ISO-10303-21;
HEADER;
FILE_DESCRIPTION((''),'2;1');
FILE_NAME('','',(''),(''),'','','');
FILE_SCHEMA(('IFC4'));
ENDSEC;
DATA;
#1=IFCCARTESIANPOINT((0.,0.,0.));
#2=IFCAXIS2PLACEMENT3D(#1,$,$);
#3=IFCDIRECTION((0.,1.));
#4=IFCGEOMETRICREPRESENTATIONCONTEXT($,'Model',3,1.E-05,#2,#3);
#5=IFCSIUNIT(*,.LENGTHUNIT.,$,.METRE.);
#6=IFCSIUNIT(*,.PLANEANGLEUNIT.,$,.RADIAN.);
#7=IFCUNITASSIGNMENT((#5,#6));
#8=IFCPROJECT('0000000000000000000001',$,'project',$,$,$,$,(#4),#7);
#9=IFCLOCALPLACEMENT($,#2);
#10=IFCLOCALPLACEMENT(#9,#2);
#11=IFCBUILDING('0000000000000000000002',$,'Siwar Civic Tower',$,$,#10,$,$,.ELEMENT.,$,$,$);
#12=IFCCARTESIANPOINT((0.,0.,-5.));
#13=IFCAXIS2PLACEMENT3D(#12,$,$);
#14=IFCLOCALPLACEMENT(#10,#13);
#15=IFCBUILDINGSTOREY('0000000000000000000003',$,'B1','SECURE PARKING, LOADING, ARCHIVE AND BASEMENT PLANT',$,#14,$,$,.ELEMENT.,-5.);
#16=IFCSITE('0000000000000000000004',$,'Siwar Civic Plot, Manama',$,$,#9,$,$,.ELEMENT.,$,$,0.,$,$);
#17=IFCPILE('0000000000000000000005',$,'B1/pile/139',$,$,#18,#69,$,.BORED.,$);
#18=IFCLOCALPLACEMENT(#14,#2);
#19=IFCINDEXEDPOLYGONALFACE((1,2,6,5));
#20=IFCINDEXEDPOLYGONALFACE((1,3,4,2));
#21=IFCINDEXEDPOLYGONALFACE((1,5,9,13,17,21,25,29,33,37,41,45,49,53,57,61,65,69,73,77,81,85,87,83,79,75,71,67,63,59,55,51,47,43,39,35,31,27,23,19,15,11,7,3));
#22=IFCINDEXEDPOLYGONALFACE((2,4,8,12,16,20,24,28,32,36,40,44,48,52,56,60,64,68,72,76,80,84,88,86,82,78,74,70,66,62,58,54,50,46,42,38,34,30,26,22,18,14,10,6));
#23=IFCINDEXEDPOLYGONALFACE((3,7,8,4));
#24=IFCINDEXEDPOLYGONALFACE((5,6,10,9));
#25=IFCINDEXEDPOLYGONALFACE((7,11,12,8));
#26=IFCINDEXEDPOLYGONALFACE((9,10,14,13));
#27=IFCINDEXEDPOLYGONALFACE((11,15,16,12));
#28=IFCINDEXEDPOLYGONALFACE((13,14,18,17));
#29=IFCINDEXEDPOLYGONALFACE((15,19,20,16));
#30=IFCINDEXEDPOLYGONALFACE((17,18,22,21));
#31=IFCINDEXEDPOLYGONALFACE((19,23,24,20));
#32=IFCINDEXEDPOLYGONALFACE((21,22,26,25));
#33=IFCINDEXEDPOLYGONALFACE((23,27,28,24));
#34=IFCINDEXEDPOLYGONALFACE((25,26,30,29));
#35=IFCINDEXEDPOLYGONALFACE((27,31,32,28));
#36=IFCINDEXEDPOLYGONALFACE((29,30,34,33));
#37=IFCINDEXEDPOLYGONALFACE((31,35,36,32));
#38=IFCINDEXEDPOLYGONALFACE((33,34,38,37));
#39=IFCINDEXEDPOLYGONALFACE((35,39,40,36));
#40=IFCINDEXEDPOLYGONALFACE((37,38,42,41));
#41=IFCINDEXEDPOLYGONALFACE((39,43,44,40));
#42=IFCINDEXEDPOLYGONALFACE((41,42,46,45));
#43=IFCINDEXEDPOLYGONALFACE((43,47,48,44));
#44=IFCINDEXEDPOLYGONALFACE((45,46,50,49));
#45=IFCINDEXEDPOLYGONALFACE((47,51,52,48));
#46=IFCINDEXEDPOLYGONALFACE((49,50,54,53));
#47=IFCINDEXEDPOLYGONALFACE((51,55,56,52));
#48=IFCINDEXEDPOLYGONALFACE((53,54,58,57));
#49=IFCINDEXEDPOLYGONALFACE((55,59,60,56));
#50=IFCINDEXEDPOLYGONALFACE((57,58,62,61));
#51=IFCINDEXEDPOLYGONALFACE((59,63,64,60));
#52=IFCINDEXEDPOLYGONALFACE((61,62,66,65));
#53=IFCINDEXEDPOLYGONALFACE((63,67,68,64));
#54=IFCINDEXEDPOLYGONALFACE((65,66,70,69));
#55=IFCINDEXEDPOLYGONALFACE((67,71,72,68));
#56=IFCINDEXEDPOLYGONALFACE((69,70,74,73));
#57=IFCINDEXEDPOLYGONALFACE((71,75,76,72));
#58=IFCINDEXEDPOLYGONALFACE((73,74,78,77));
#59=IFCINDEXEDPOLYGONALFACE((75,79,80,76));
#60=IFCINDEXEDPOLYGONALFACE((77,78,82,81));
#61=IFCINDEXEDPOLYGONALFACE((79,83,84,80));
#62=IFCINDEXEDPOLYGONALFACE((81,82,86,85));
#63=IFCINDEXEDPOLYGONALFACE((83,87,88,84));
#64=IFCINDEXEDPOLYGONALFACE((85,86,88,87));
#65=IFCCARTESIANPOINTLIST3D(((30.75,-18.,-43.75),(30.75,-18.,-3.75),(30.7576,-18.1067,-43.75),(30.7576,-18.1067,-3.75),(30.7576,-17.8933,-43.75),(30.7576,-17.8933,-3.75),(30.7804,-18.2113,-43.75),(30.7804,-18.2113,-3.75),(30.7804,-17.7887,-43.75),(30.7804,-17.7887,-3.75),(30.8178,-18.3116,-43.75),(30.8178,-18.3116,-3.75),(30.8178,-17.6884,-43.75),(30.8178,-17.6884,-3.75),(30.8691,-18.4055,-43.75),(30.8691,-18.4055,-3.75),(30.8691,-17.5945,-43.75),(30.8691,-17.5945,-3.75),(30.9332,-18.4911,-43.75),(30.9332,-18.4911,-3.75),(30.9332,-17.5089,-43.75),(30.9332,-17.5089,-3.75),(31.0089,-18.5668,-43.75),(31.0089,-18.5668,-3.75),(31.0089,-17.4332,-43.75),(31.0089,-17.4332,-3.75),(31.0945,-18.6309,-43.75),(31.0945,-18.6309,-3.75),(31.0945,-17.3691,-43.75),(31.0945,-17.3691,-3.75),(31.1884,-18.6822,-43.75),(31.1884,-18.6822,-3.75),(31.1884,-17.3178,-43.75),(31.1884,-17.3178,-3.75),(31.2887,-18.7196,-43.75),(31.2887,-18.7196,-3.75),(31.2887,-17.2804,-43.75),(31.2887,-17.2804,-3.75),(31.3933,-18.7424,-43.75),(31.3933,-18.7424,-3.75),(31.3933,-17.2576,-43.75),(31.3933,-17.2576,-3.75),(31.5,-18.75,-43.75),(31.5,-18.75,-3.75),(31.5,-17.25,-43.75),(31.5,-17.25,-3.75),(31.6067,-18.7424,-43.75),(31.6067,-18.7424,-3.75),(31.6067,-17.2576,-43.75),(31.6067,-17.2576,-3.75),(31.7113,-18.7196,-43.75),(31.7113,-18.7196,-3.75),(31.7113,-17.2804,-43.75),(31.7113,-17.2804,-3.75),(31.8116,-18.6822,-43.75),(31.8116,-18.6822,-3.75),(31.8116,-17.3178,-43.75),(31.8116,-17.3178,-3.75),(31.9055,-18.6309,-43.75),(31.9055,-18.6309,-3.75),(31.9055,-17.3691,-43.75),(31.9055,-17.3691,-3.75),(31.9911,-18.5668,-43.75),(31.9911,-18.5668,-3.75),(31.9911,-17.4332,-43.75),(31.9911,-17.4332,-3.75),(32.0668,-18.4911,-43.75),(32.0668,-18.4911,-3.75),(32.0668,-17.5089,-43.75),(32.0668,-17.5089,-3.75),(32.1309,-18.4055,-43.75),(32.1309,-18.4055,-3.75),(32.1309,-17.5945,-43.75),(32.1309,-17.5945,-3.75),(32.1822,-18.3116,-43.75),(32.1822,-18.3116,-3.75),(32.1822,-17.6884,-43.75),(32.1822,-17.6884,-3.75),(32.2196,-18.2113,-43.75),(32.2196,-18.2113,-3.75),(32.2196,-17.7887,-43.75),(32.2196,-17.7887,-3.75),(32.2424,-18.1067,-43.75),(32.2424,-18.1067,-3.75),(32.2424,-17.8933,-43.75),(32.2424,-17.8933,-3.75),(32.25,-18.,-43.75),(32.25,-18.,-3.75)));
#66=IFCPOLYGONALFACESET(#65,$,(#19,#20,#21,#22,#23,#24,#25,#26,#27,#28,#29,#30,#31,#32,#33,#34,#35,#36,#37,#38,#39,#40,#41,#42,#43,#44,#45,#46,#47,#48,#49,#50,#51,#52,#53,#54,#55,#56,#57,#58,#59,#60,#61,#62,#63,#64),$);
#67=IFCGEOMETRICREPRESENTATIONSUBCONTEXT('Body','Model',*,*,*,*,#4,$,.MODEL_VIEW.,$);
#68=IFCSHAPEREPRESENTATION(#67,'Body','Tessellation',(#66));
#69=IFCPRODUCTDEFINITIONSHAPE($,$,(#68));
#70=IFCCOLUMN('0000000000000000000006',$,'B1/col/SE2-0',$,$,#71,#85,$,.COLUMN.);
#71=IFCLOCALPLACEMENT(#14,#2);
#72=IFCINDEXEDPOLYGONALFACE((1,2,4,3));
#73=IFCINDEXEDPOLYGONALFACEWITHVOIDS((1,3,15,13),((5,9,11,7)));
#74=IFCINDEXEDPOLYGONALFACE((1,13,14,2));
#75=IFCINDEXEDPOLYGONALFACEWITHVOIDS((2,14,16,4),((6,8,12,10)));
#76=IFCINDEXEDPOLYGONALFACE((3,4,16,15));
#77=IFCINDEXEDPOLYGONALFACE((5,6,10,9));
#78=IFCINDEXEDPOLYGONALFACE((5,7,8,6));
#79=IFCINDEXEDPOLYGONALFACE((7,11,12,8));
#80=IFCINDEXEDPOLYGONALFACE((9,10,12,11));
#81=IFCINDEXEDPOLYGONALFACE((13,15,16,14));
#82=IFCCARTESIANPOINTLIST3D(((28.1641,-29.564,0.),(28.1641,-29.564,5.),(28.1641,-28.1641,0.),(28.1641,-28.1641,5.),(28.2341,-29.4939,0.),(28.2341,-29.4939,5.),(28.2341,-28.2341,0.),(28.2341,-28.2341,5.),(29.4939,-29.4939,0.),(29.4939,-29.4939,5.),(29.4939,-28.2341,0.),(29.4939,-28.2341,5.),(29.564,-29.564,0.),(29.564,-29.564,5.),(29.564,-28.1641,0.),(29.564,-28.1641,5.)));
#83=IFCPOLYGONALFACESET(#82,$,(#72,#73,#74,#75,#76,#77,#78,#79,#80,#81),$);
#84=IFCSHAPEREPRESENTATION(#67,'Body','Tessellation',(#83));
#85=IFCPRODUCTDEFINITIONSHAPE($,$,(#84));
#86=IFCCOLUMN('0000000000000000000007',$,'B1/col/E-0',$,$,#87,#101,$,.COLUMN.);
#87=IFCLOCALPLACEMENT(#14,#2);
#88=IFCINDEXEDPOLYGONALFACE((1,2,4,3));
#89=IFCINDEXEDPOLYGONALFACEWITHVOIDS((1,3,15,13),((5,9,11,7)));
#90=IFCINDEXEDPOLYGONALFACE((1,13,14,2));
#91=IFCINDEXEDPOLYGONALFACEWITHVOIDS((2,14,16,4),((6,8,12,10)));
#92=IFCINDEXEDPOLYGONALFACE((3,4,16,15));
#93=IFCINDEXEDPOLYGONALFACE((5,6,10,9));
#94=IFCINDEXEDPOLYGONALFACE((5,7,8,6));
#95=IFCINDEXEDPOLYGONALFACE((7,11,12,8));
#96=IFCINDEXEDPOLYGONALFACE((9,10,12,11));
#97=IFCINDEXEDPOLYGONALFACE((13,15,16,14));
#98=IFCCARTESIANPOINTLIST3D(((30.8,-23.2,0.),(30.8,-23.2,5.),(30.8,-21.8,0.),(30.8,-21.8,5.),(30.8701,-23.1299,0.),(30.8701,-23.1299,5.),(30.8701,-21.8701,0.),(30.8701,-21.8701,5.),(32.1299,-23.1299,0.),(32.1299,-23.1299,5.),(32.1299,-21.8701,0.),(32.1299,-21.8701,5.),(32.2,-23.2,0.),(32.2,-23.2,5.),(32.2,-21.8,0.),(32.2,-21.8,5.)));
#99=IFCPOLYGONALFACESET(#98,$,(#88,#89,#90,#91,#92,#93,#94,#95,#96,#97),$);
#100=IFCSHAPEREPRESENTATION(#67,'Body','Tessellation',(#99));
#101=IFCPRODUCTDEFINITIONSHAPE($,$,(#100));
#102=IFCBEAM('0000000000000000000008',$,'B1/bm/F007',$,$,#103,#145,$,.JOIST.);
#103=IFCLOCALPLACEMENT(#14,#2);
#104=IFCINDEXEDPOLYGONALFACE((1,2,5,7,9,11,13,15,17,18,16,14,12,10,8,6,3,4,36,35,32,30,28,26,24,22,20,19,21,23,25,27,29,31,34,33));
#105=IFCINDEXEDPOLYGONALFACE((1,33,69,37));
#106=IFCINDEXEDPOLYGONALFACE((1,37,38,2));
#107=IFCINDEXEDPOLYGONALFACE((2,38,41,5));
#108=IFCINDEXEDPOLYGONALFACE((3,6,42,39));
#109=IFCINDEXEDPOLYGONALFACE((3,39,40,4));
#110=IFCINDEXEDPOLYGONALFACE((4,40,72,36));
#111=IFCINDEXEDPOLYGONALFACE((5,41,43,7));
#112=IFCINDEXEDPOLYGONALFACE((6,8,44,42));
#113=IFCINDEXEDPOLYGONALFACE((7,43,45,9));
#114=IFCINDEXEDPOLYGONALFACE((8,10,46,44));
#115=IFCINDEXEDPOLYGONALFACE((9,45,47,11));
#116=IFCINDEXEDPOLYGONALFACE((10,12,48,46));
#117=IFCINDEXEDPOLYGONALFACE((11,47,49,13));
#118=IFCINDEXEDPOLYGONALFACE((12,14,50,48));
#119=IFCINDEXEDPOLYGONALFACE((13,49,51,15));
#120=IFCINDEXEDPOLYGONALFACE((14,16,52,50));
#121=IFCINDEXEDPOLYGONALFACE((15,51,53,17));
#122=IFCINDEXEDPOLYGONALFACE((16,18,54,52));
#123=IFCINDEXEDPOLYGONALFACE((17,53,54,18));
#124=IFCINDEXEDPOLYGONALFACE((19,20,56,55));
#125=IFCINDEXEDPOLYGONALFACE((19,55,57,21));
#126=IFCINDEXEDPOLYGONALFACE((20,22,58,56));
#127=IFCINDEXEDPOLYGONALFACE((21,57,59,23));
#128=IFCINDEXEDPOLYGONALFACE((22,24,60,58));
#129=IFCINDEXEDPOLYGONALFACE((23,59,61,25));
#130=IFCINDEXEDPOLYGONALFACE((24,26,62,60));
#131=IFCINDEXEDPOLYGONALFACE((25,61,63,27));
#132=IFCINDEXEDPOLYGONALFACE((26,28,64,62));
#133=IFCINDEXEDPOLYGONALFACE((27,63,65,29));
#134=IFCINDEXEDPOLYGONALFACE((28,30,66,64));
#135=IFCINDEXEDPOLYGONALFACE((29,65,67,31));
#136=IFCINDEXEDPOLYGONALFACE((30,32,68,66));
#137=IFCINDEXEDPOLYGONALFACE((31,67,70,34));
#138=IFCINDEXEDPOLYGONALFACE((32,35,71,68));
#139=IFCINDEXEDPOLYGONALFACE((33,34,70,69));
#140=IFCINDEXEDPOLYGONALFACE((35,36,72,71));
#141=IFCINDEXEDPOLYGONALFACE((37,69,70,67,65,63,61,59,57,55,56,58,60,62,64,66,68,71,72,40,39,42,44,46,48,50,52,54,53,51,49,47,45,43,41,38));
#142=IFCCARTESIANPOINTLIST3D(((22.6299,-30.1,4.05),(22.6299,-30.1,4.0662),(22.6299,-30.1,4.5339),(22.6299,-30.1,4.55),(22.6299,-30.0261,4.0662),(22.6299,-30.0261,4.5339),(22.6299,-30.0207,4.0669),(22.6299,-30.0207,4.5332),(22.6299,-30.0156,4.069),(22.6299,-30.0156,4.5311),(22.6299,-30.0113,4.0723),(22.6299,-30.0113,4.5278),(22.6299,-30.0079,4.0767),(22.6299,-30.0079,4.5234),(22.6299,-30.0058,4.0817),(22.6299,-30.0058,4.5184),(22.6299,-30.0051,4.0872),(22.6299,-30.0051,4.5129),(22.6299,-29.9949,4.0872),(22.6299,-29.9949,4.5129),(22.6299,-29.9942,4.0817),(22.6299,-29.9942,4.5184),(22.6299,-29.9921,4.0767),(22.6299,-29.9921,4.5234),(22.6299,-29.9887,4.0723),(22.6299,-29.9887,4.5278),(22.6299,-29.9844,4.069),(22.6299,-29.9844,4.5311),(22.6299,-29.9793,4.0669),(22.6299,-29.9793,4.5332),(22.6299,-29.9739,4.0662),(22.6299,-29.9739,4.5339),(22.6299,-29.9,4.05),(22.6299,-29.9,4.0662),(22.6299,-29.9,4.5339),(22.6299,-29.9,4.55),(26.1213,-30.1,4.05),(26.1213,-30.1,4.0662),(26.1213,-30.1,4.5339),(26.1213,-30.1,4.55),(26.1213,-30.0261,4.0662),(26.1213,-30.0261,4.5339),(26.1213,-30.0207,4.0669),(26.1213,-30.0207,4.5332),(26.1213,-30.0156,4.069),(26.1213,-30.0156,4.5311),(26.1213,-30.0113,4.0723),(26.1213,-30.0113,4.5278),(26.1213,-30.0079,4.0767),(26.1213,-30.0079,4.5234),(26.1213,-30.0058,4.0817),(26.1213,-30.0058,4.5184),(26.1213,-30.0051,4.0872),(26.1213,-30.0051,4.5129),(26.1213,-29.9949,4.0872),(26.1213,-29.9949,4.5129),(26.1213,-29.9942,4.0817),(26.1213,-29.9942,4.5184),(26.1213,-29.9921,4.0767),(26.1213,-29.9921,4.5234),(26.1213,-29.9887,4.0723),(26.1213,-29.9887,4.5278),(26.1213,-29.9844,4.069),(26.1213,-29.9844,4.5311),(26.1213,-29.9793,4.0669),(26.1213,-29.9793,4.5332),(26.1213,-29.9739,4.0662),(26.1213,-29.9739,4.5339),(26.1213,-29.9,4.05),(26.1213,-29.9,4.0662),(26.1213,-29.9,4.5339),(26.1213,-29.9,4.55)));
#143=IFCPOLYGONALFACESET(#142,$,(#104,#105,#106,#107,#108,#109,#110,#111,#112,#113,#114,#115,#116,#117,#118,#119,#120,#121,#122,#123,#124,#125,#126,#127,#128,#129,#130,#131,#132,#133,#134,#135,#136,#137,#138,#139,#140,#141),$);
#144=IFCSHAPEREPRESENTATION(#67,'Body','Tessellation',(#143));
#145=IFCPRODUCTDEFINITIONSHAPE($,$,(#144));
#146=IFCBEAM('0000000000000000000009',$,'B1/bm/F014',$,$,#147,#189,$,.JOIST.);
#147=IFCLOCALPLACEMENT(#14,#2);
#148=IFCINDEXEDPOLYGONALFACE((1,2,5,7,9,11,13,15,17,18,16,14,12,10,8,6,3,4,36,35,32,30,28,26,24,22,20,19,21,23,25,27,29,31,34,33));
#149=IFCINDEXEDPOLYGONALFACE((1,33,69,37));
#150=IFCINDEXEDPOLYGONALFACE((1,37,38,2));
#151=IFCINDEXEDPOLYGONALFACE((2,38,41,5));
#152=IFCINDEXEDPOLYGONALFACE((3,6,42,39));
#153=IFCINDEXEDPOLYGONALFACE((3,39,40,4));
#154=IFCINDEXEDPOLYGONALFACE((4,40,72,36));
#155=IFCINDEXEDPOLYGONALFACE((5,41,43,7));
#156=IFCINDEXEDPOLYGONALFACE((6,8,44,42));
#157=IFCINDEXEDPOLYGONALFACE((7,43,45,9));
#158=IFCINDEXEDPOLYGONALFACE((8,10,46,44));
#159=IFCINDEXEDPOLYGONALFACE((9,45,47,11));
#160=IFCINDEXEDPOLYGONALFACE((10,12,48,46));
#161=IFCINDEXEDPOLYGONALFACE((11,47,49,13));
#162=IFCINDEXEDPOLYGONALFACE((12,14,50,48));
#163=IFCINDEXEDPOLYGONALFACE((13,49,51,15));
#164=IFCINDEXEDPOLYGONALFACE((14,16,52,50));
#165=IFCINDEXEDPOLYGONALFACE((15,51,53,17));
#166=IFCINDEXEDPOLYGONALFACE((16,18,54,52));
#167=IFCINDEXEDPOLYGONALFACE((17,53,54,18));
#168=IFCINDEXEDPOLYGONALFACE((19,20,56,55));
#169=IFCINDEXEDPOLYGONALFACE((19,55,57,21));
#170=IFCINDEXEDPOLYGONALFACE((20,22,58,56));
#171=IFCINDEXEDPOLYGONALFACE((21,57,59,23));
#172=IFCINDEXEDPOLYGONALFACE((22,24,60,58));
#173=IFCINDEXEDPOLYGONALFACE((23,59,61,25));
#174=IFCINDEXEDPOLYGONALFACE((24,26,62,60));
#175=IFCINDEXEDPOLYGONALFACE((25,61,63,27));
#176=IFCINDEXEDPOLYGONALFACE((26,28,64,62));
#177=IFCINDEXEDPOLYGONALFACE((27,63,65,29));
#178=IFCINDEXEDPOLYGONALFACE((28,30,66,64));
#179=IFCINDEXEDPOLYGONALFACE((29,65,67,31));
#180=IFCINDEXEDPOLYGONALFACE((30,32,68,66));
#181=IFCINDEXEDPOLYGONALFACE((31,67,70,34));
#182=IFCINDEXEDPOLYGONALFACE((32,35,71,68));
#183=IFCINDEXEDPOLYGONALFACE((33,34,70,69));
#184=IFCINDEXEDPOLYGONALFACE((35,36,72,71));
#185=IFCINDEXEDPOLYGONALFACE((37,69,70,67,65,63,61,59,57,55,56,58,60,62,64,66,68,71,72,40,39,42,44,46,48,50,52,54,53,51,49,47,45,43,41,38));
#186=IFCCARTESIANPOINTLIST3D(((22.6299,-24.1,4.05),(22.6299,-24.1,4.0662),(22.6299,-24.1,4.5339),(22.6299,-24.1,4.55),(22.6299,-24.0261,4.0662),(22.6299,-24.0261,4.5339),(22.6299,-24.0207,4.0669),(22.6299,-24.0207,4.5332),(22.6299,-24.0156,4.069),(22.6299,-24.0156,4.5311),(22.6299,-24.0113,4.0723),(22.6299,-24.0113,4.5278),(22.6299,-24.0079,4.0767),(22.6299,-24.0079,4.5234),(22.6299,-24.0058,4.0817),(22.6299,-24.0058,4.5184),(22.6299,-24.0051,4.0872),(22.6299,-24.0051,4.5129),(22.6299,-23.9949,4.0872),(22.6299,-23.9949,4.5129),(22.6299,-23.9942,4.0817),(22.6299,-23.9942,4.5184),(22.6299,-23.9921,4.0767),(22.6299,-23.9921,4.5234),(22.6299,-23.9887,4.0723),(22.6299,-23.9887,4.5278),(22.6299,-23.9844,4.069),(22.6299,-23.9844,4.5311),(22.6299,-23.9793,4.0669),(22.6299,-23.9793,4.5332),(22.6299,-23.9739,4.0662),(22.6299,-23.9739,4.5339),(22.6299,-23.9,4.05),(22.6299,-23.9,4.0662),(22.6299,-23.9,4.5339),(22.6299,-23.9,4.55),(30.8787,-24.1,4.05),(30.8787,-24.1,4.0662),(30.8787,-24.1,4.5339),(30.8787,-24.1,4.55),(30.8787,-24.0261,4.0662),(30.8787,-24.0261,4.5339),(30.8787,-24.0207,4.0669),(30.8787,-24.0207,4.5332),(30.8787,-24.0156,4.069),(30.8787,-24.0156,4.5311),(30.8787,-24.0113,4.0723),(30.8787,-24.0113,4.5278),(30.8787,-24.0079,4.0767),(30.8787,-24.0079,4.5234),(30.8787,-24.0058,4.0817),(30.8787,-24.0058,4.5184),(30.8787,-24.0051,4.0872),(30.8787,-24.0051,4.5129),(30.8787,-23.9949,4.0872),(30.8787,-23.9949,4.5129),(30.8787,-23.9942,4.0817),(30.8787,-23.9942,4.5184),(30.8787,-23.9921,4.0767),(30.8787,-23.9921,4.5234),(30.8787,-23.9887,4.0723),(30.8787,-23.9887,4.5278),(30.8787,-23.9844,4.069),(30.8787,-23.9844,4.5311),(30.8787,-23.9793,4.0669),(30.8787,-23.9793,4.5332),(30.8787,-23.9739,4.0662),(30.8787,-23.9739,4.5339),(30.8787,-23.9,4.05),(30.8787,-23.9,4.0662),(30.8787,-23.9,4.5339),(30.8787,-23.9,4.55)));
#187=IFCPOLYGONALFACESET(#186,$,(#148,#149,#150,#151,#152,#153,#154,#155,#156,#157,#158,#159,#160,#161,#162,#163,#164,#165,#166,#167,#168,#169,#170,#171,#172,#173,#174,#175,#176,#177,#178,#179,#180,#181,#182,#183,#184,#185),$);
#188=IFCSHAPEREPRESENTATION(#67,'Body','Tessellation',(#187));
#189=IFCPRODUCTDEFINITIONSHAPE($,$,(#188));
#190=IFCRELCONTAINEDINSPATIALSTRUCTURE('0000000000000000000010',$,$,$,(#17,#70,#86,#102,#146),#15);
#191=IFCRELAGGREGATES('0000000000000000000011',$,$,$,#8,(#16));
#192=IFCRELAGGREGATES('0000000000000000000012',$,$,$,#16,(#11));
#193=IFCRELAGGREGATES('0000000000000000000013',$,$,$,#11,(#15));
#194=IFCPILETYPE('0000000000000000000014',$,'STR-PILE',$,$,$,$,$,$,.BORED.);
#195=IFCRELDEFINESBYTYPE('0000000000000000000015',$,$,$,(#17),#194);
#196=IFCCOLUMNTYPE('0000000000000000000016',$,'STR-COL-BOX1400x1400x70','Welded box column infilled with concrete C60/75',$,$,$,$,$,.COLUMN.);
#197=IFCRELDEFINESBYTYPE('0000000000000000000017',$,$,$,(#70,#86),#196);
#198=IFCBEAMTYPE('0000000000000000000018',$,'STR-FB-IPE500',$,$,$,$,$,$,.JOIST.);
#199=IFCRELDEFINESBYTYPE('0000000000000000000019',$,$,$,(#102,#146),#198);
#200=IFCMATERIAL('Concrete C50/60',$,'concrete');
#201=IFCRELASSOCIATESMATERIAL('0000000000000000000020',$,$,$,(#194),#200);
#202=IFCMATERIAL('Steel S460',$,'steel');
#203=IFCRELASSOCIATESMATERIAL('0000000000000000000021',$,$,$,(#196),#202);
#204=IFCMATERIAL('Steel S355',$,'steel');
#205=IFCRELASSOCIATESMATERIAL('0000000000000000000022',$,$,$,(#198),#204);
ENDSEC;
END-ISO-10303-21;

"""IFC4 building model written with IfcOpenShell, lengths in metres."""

from ifc_helpers import new_model, si_unit, direction, frame, origin, origin_2d, place, context, subcontext, project, spatial, hollow_rectangle, circle, i_section, extrude, material, material_profile, profile_set, type_object, element, save


model = new_model("IFC4")

# Units and contexts
model_context = context("Model", 3, precision=1e-05, world=origin(), true_north=direction((0.0, 1.0)))
body_context = subcontext(model_context, "Body", "Model", "MODEL_VIEW")
ifc_project = project(units=[si_unit("LENGTHUNIT", "METRE"), si_unit("PLANEANGLEUNIT", "RADIAN")], contexts=[model_context])

# Site, building, storey
site_placement = place(None, origin())
site = spatial("IfcSite", under=ifc_project, at=site_placement, Name="Siwar Civic Plot, Manama", CompositionType="ELEMENT", RefElevation=0.0)
building_placement = place(site_placement, origin())
building = spatial("IfcBuilding", under=site, at=building_placement, Name="Siwar Civic Tower", CompositionType="ELEMENT")
storey_placement = place(building_placement, frame((0.0, 0.0, -5.0)))
storey = spatial("IfcBuildingStorey", under=building, at=storey_placement, Name="B1", Description="SECURE PARKING, LOADING, ARCHIVE AND BASEMENT PLANT", CompositionType="ELEMENT", Elevation=-5.0)

# Pile
ifc_material_1 = material(Name="Concrete C50/60", Category="concrete")
ifc_material_profile_1 = material_profile(ifc_material_1, circle(Radius=0.75, at=origin_2d()), Name="PILE1500")
ifc_profile_set_1 = profile_set([ifc_material_profile_1], Name="Concrete C50/60")
pile_type = type_object("IfcPileType", Name="STR-PILE", PredefinedType="BORED", material=ifc_profile_set_1)
for number, where, z_axis, x_axis, name in (
    (1, (31.5, -18.0, -3.75), (0.0, 0.0, -1.0), (1.0, 0.0, 0.0), "B1/pile/139"),
):
    element("IfcPile", number, at=place(storey_placement, frame(where, z_axis=z_axis, x_axis=x_axis)), inside=storey, type_object=pile_type, Name=name, PredefinedType="BORED", context=body_context, shape_type="SweptSolid", body=[
        extrude(circle(Radius=0.75, at=origin_2d()), origin(), (0.0, 0.0, 1.0), 40.0),
    ])

# Columns
ifc_material_2 = material(Name="Steel S460", Category="steel")
ifc_material_profile_2 = material_profile(ifc_material_2, hollow_rectangle(XDim=1.3999, YDim=1.3999, WallThickness=0.0701, at=origin_2d()), Name="BOX1400x1400x70")
ifc_profile_set_2 = profile_set([ifc_material_profile_2], Name="Steel S460")
column_type = type_object("IfcColumnType", Name="STR-COL-BOX1400x1400x70", Description="Welded box column infilled with concrete C60/75", PredefinedType="COLUMN", material=ifc_profile_set_2)
for number, where, z_axis, x_axis, name in (
    (2, (28.864, -28.864, 0.0), (0.0, 0.0, 1.0), (1.0, 0.0, 0.0), "B1/col/SE2-0"),
    (3, (31.5, -22.5, 0.0), (0.0, 0.0, 1.0), (1.0, 0.0, 0.0), "B1/col/E-0"),
):
    element("IfcColumn", number, at=place(storey_placement, frame(where, z_axis=z_axis, x_axis=x_axis)), inside=storey, type_object=column_type, Name=name, PredefinedType="COLUMN", context=body_context, shape_type="SweptSolid", body=[
        extrude(hollow_rectangle(XDim=1.3999, YDim=1.3999, WallThickness=0.0701, at=origin_2d()), origin(), (0.0, 0.0, 1.0), 5.0),
    ])

# Beams
ifc_material_3 = material(Name="Steel S355", Category="steel")
ifc_material_profile_3 = material_profile(ifc_material_3, i_section(OverallWidth=0.2, OverallDepth=0.5, WebThickness=0.0103, FlangeThickness=0.0161, FilletRadius=0.021, at=origin_2d()), Name="IPE500")
ifc_profile_set_3 = profile_set([ifc_material_profile_3], Name="Steel S355")
beam_type_1 = type_object("IfcBeamType", Name="STR-FB-IPE500", PredefinedType="JOIST", material=ifc_profile_set_3)
beam_1_placement = place(storey_placement, frame((22.6299, -30.0, 4.3), z_axis=(1.0, 0.0, 0.0), x_axis=(0.0, 1.0, 0.0)))
element("IfcBeam", 4, at=beam_1_placement, inside=storey, type_object=beam_type_1, Name="B1/bm/F007", PredefinedType="JOIST", context=body_context, shape_type="SweptSolid", body=[
    extrude(i_section(OverallWidth=0.2, OverallDepth=0.5, WebThickness=0.0103, FlangeThickness=0.0161, FilletRadius=0.021, at=origin_2d()), origin(), (0.0, 0.0, 1.0), 3.4915),
])
beam_2_placement = place(storey_placement, frame((22.6299, -24.0, 4.3), z_axis=(1.0, 0.0, 0.0), x_axis=(0.0, 1.0, 0.0)))
element("IfcBeam", 5, at=beam_2_placement, inside=storey, type_object=beam_type_1, Name="B1/bm/F014", PredefinedType="JOIST", context=body_context, shape_type="SweptSolid", body=[
    extrude(i_section(OverallWidth=0.2, OverallDepth=0.5, WebThickness=0.0103, FlangeThickness=0.0161, FilletRadius=0.021, at=origin_2d()), origin(), (0.0, 0.0, 1.0), 8.2488),
])

save(model, "model.ifc")
